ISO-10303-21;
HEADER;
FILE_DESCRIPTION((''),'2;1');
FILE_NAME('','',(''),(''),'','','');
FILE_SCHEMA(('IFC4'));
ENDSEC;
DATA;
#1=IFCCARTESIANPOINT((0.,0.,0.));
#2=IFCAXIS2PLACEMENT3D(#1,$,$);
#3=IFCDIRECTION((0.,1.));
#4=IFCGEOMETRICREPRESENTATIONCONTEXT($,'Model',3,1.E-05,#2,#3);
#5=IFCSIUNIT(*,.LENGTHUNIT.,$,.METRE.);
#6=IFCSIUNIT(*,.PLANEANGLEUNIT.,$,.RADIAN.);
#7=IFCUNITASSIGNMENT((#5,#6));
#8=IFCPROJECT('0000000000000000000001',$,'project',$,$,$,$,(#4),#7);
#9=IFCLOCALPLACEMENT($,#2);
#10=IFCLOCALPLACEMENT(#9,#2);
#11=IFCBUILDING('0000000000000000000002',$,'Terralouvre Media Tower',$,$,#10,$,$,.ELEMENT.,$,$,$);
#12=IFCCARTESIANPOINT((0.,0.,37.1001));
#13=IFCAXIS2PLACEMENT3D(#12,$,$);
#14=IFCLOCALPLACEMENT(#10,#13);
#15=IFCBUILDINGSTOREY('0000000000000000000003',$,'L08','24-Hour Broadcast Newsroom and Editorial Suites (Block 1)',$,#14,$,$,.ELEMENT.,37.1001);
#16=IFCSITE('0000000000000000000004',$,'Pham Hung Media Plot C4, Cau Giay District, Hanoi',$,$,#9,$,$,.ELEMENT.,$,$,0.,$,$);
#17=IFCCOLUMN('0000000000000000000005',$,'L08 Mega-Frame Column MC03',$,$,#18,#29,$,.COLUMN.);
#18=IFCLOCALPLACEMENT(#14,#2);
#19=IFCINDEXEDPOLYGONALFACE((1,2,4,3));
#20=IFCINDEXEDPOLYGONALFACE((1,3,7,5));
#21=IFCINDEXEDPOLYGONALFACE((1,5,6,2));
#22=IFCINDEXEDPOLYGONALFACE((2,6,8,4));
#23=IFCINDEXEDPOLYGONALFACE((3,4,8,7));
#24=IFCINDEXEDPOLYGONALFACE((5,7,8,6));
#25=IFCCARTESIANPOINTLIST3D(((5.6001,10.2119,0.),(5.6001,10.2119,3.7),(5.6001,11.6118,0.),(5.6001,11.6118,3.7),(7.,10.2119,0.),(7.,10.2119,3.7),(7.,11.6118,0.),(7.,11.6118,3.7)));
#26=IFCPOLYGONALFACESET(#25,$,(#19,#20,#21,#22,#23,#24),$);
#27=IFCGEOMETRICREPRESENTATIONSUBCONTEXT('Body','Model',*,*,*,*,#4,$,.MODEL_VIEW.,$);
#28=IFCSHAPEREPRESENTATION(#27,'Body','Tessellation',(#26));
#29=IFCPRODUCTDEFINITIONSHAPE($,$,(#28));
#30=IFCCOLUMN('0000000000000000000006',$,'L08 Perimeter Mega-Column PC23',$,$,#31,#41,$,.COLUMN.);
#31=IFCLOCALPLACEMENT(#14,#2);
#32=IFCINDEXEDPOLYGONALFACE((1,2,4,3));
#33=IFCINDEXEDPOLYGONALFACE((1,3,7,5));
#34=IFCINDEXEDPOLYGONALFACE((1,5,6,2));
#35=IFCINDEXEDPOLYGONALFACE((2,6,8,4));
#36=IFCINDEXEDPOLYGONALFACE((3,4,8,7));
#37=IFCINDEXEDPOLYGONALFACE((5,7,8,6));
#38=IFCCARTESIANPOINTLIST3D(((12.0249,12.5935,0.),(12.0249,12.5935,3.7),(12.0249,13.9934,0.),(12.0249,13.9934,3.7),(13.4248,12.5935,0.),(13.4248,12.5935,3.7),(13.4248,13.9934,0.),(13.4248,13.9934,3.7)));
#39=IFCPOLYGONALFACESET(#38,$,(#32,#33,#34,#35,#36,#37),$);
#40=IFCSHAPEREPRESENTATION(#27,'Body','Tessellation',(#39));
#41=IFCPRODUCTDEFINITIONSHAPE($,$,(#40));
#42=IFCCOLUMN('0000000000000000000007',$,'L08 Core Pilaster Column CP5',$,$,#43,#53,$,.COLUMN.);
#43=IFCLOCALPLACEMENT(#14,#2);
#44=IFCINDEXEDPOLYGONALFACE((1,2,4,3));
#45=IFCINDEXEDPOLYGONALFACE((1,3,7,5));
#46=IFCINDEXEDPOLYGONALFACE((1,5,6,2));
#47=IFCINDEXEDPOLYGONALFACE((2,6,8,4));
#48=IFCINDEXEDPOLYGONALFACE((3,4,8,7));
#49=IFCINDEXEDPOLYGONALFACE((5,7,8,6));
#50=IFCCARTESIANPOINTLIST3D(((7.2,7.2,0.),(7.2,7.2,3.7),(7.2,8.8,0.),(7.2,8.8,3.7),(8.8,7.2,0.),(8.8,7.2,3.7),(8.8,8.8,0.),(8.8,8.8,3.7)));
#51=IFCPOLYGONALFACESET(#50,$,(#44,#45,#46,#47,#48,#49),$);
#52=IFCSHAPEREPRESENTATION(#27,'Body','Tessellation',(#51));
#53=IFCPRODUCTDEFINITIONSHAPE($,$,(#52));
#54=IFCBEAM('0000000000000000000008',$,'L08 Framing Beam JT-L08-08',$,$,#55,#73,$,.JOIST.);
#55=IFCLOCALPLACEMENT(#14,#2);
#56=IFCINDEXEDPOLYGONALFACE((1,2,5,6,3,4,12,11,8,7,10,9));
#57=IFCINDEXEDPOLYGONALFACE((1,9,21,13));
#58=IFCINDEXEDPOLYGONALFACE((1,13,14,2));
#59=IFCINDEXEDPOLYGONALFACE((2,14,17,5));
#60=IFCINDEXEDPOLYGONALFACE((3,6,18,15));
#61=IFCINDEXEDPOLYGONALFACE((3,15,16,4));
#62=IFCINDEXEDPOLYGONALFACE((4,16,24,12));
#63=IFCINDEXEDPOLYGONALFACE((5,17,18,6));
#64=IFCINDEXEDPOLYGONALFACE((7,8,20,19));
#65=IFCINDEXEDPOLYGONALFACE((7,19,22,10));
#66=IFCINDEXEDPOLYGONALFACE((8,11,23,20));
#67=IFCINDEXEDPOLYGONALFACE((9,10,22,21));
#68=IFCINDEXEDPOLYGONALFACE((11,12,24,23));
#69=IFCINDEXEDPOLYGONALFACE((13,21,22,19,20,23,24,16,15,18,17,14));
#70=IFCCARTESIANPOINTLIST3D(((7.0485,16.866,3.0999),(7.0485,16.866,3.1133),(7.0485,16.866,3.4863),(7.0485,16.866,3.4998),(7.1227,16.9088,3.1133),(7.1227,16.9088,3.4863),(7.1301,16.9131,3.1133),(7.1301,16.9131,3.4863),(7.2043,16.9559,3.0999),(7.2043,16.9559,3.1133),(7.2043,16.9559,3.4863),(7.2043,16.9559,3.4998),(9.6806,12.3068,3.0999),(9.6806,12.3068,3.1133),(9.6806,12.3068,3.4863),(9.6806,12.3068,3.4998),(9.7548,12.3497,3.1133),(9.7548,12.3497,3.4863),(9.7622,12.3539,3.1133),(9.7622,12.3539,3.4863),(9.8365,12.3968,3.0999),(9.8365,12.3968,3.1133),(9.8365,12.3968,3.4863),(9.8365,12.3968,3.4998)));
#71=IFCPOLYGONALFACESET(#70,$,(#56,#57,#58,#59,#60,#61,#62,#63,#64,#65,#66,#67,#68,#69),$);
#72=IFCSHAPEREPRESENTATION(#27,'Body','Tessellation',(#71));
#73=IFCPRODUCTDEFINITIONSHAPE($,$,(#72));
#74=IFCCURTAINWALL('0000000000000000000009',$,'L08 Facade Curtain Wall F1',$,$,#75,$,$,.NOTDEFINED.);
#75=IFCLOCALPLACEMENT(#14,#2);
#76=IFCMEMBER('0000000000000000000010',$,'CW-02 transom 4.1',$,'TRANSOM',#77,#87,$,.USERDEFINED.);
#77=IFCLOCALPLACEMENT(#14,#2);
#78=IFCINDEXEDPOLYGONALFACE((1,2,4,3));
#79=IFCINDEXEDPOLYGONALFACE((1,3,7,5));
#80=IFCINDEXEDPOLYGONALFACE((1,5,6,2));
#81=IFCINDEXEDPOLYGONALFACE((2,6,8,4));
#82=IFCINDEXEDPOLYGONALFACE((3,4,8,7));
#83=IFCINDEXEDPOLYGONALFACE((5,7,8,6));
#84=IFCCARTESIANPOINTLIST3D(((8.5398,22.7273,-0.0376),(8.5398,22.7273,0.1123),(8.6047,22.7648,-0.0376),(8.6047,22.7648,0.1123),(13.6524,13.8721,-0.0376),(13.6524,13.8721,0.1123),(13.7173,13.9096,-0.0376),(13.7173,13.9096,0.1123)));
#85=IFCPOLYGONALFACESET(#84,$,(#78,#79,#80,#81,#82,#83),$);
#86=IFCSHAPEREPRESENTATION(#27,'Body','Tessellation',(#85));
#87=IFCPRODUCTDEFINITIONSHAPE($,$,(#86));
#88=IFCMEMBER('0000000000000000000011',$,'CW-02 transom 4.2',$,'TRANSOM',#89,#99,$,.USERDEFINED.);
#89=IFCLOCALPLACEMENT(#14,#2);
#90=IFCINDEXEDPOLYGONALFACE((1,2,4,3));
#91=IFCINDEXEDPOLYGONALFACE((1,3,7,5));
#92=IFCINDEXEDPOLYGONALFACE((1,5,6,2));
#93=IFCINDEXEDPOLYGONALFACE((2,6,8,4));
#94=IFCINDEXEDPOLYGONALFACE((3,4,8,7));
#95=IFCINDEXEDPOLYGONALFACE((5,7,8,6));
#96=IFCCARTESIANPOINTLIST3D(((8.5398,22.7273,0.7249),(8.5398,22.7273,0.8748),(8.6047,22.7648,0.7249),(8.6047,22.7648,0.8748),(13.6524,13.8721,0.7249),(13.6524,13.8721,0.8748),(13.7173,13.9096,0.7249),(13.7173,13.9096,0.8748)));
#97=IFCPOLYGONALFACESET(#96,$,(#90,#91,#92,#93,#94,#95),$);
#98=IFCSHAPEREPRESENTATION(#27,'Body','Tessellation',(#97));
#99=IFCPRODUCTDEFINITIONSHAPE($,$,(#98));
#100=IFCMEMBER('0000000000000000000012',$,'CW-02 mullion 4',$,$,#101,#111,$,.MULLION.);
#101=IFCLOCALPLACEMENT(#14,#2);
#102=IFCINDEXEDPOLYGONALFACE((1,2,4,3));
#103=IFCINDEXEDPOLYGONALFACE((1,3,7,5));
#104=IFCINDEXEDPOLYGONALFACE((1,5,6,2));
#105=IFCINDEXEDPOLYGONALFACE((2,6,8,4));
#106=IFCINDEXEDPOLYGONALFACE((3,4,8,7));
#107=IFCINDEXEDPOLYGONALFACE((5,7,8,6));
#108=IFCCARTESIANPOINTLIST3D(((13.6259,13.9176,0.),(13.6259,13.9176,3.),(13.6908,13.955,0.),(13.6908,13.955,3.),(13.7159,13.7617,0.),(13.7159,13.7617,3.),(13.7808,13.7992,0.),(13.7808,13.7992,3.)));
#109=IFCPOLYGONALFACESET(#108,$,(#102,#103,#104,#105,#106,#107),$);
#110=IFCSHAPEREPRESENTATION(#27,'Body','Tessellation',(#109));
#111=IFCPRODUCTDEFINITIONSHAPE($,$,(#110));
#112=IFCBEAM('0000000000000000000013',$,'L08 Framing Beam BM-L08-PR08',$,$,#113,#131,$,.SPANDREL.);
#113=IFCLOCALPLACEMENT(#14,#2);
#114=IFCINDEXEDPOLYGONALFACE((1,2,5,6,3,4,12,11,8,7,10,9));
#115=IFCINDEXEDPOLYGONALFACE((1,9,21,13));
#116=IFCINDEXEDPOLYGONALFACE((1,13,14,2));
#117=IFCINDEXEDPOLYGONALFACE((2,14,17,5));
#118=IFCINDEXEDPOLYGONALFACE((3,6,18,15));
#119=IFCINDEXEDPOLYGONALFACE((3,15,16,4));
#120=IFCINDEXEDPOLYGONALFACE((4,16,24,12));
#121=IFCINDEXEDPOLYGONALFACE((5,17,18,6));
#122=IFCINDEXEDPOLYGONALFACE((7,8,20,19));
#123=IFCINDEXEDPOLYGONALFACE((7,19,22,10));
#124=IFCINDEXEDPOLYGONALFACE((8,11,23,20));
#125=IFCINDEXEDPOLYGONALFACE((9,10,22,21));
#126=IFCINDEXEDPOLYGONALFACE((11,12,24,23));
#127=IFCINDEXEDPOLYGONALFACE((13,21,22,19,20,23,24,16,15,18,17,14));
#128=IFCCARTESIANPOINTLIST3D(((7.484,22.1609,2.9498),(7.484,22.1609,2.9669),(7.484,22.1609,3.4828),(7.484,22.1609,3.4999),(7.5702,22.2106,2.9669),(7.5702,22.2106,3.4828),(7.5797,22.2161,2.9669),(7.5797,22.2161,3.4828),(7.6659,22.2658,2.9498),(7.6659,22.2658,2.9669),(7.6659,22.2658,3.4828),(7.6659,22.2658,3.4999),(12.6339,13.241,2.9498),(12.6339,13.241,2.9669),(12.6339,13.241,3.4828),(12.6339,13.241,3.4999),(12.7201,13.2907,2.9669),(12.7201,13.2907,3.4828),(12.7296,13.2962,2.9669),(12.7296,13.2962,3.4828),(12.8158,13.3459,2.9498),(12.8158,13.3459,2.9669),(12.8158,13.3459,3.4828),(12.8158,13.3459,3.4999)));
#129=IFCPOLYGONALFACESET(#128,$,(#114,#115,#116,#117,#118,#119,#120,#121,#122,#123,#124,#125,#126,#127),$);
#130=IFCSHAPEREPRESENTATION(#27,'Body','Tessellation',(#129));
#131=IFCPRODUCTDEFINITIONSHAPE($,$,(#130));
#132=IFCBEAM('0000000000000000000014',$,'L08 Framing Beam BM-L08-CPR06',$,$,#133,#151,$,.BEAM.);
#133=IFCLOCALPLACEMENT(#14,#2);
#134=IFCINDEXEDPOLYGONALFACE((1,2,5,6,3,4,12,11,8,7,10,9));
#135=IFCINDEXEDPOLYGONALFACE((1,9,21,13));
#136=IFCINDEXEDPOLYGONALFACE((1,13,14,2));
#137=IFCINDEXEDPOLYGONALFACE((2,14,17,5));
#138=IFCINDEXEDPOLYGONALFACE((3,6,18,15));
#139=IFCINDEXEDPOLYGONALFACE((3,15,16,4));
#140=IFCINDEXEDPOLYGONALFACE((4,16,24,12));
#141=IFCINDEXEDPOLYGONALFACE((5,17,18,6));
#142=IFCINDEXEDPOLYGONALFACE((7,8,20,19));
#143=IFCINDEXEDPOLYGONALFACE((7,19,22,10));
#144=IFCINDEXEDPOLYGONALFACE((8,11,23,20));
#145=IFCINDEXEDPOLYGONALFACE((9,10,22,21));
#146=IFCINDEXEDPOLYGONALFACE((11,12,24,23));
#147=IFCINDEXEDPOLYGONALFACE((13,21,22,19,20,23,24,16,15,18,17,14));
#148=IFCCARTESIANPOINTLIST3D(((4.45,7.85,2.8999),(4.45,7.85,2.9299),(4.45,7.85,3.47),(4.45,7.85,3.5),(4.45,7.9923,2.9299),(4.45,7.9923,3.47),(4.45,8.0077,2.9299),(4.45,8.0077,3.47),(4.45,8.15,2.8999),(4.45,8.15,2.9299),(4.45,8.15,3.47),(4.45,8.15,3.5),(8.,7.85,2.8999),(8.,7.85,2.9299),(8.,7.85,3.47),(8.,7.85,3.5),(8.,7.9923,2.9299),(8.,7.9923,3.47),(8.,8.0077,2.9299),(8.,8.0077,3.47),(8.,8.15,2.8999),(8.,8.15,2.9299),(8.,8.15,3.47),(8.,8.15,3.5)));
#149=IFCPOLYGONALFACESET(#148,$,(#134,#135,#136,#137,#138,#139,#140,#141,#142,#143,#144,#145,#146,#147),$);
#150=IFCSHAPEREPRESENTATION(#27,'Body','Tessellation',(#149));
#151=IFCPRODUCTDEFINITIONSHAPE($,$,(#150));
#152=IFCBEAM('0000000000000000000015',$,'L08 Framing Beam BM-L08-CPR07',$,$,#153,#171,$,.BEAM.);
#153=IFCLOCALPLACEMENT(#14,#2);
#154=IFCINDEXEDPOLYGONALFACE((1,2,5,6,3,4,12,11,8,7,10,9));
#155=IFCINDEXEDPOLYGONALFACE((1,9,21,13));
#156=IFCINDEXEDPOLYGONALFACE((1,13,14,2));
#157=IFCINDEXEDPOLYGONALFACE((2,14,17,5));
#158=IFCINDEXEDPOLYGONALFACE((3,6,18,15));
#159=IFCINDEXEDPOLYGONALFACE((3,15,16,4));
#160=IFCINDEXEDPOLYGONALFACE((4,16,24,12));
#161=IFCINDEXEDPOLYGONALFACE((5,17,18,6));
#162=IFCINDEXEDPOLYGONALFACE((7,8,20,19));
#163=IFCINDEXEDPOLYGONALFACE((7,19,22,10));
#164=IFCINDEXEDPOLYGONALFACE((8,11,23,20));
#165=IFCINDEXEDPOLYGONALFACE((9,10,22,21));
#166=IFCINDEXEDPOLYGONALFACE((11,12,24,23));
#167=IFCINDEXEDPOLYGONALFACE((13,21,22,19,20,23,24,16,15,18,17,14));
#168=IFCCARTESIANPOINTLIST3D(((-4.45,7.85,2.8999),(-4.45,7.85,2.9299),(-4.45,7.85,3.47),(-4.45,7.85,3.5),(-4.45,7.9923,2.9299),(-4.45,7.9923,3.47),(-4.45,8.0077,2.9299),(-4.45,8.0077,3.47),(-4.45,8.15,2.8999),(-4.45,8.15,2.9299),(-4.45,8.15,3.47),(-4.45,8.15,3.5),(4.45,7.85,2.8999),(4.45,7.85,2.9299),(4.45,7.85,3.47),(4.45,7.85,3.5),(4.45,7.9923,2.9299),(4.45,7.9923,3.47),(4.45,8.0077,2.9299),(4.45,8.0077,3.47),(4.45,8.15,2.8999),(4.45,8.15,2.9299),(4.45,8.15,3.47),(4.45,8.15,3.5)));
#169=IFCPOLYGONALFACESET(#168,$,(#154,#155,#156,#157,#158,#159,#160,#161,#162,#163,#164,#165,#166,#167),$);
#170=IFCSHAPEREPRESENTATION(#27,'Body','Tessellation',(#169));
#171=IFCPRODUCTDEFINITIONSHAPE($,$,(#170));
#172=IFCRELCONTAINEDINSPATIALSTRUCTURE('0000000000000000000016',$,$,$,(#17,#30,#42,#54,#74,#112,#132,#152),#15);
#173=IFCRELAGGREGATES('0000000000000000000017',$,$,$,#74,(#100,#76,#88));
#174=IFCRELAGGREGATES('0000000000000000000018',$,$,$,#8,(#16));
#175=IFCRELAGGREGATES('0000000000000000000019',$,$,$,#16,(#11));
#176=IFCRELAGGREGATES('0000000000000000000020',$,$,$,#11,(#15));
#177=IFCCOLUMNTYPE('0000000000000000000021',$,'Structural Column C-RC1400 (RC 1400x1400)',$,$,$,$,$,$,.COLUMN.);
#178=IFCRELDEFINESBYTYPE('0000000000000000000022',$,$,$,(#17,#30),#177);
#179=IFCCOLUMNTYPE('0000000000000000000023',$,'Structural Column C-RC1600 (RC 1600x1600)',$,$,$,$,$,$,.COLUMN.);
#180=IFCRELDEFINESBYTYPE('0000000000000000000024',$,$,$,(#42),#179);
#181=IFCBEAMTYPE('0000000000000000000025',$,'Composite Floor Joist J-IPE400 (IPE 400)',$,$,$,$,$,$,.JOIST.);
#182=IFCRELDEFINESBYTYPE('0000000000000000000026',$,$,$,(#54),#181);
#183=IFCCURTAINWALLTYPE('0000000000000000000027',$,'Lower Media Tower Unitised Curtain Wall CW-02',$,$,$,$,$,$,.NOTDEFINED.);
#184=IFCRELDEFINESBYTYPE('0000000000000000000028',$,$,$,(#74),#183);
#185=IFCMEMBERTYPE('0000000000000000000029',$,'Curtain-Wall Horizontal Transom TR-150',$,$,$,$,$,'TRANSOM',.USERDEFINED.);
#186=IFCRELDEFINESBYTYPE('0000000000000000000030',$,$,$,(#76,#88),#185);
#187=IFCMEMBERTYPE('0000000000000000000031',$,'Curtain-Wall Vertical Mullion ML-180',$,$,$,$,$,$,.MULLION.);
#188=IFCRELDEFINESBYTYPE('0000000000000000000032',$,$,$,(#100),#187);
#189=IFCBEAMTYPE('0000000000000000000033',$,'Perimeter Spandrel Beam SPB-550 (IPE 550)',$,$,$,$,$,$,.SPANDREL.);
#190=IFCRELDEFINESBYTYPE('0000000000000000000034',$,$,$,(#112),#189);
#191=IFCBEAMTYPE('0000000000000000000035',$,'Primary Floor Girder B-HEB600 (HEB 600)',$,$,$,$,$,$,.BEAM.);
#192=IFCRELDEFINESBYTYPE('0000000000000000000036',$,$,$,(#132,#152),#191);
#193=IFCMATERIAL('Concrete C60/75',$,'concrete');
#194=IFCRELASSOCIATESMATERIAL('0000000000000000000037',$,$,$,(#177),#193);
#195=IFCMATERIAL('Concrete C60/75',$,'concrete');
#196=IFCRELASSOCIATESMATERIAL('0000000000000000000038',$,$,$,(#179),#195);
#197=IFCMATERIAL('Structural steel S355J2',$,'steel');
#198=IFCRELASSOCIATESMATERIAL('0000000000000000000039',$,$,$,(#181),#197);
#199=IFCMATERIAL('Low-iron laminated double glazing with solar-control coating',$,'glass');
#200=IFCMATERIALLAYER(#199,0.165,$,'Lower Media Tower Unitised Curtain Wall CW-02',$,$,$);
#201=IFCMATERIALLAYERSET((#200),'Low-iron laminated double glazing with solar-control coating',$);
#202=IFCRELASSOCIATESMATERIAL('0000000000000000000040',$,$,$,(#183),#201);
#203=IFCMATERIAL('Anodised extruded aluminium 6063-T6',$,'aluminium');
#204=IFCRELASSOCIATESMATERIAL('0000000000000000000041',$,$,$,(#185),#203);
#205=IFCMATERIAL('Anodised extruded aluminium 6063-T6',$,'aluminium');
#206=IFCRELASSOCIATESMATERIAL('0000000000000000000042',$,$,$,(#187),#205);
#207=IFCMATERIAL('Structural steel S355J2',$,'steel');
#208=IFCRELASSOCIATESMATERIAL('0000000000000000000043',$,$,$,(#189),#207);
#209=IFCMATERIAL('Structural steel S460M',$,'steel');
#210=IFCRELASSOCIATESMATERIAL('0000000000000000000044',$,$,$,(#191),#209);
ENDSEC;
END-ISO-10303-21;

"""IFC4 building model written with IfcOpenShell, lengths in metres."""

from ifc_helpers import new_model, si_unit, direction, frame, origin, origin_2d, place, context, subcontext, project, spatial, rectangle, i_section, extrude, material, layer, layer_set, material_profile, profile_set, type_object, element, aggregate, save


model = new_model("IFC4")

# Units and contexts
model_context = context("Model", 3, precision=1e-05, world=origin(), true_north=direction((0.0, 1.0)))
body_context = subcontext(model_context, "Body", "Model", "MODEL_VIEW")
ifc_project = project(units=[si_unit("LENGTHUNIT", "METRE"), si_unit("PLANEANGLEUNIT", "RADIAN")], contexts=[model_context])

# Site, building, storey
site_placement = place(None, origin())
site = spatial("IfcSite", under=ifc_project, at=site_placement, Name="Pham Hung Media Plot C4, Cau Giay District, Hanoi", CompositionType="ELEMENT", RefElevation=0.0)
building_placement = place(site_placement, origin())
building = spatial("IfcBuilding", under=site, at=building_placement, Name="Terralouvre Media Tower", CompositionType="ELEMENT")
storey_placement = place(building_placement, frame((0.0, 0.0, 37.1001)))
storey = spatial("IfcBuildingStorey", under=building, at=storey_placement, Name="L08", Description="24-Hour Broadcast Newsroom and Editorial Suites (Block 1)", CompositionType="ELEMENT", Elevation=37.1001)

# Columns
ifc_material_1 = material(Name="Concrete C60/75", Category="concrete")
ifc_material_profile_1 = material_profile(ifc_material_1, rectangle(XDim=1.3999, YDim=1.3999, at=origin_2d()), Name="RC 1400x1400")
ifc_profile_set_1 = profile_set([ifc_material_profile_1], Name="Concrete C60/75")
column_type_1 = type_object("IfcColumnType", Name="Structural Column C-RC1400 (RC 1400x1400)", PredefinedType="COLUMN", material=ifc_profile_set_1)
for number, where, z_axis, x_axis, name in (
    (1, (6.3, 10.9119, 0.0), (0.0, 0.0, 1.0), (1.0, 0.0, 0.0), "L08 Mega-Frame Column MC03"),
    (2, (12.7249, 13.2935, 0.0), (0.0, 0.0, 1.0), (1.0, 0.0, 0.0), "L08 Perimeter Mega-Column PC23"),
):
    element("IfcColumn", number, at=place(storey_placement, frame(where, z_axis=z_axis, x_axis=x_axis)), inside=storey, type_object=column_type_1, Name=name, PredefinedType="COLUMN", context=body_context, shape_type="SweptSolid", body=[
        extrude(rectangle(XDim=1.3999, YDim=1.3999, at=origin_2d()), origin(), (0.0, 0.0, 1.0), 3.7),
    ])
ifc_material_2 = material(Name="Concrete C60/75", Category="concrete")
ifc_material_profile_2 = material_profile(ifc_material_2, rectangle(XDim=1.6001, YDim=1.6001, at=origin_2d()), Name="RC 1600x1600")
ifc_profile_set_2 = profile_set([ifc_material_profile_2], Name="Concrete C60/75")
column_type_2 = type_object("IfcColumnType", Name="Structural Column C-RC1600 (RC 1600x1600)", PredefinedType="COLUMN", material=ifc_profile_set_2)
column_placement = place(storey_placement, frame((8.0, 8.0, 0.0), z_axis=(0.0, 0.0, 1.0), x_axis=(1.0, 0.0, 0.0)))
element("IfcColumn", 3, at=column_placement, inside=storey, type_object=column_type_2, Name="L08 Core Pilaster Column CP5", PredefinedType="COLUMN", context=body_context, shape_type="SweptSolid", body=[
    extrude(rectangle(XDim=1.6001, YDim=1.6001, at=origin_2d()), origin(), (0.0, 0.0, 1.0), 3.7),
])

# Beam
ifc_material_3 = material(Name="Structural steel S355J2", Category="steel")
ifc_material_profile_3 = material_profile(ifc_material_3, i_section(OverallWidth=0.1799, OverallDepth=0.3999, WebThickness=0.0085, FlangeThickness=0.0134, at=origin_2d()), Name="IPE 400")
ifc_profile_set_3 = profile_set([ifc_material_profile_3], Name="Structural steel S355J2")
beam_type_1 = type_object("IfcBeamType", Name="Composite Floor Joist J-IPE400 (IPE 400)", PredefinedType="JOIST", material=ifc_profile_set_3)
beam_1_placement = place(storey_placement, frame((9.7585, 12.3518, 3.2998), z_axis=(-0.499985, 0.866034, 0.0), x_axis=(-0.866034, -0.499985, 0.0)))
element("IfcBeam", 4, at=beam_1_placement, inside=storey, type_object=beam_type_1, Name="L08 Framing Beam JT-L08-08", PredefinedType="JOIST", context=body_context, shape_type="SweptSolid", body=[
    extrude(i_section(OverallWidth=0.1799, OverallDepth=0.3999, WebThickness=0.0085, FlangeThickness=0.0134, at=origin_2d()), origin(), (0.0, 0.0, 1.0), 5.2644),
])

# Curtain wall, members
ifc_material_4 = material(Name="Low-iron laminated double glazing with solar-control coating", Category="glass")
ifc_layer_1 = layer(ifc_material_4, 0.165, Name="Lower Media Tower Unitised Curtain Wall CW-02")
ifc_layer_set_1 = layer_set([ifc_layer_1], Name="Low-iron laminated double glazing with solar-control coating")
curtain_wall_type = type_object("IfcCurtainWallType", Name="Lower Media Tower Unitised Curtain Wall CW-02", PredefinedType="NOTDEFINED", material=ifc_layer_set_1)
curtain_wall_placement = place(storey_placement, origin())
curtain_wall = element("IfcCurtainWall", 5, at=curtain_wall_placement, inside=storey, type_object=curtain_wall_type, Name="L08 Facade Curtain Wall F1", PredefinedType="NOTDEFINED")
ifc_material_5 = material(Name="Anodised extruded aluminium 6063-T6", Category="aluminium")
ifc_material_profile_4 = material_profile(ifc_material_5, rectangle(XDim=0.075, YDim=0.1499, at=origin_2d()), Name="ALU 75x150")
ifc_profile_set_4 = profile_set([ifc_material_profile_4], Name="Anodised extruded aluminium 6063-T6")
member_type_1 = type_object("IfcMemberType", Name="Curtain-Wall Horizontal Transom TR-150", ElementType="TRANSOM", PredefinedType="USERDEFINED", material=ifc_profile_set_4)
member_1_placement = place(storey_placement, frame((13.6848, 13.8909, 0.0374), z_axis=(-0.499999, 0.866026, 0.0), x_axis=(-0.866026, -0.499999, 0.0)))
member_1 = element("IfcMember", 6, at=member_1_placement, type_object=member_type_1, Name="CW-02 transom 4.1", ObjectType="TRANSOM", PredefinedType="USERDEFINED", context=body_context, shape_type="SweptSolid", body=[
    extrude(rectangle(XDim=0.075, YDim=0.1499, at=origin_2d()), origin(), (0.0, 0.0, 1.0), 10.2251),
])
member_2_placement = place(storey_placement, frame((13.6848, 13.8909, 0.7998), z_axis=(-0.499999, 0.866026, 0.0), x_axis=(-0.866026, -0.499999, 0.0)))
member_2 = element("IfcMember", 7, at=member_2_placement, type_object=member_type_1, Name="CW-02 transom 4.2", ObjectType="TRANSOM", PredefinedType="USERDEFINED", context=body_context, shape_type="SweptSolid", body=[
    extrude(rectangle(XDim=0.075, YDim=0.1499, at=origin_2d()), origin(), (0.0, 0.0, 1.0), 10.2251),
])
ifc_material_6 = material(Name="Anodised extruded aluminium 6063-T6", Category="aluminium")
ifc_material_profile_5 = material_profile(ifc_material_6, rectangle(XDim=0.075, YDim=0.1799, at=origin_2d()), Name="ALU 75x180")
ifc_profile_set_5 = profile_set([ifc_material_profile_5], Name="Anodised extruded aluminium 6063-T6")
member_type_2 = type_object("IfcMemberType", Name="Curtain-Wall Vertical Mullion ML-180", PredefinedType="MULLION", material=ifc_profile_set_5)
member_3_placement = place(storey_placement, frame((13.7034, 13.8584, 0.0), z_axis=(0.0, 0.0, 1.0), x_axis=(-0.866025, -0.5, 0.0)))
member_3 = element("IfcMember", 8, at=member_3_placement, type_object=member_type_2, Name="CW-02 mullion 4", PredefinedType="MULLION", context=body_context, shape_type="SweptSolid", body=[
    extrude(rectangle(XDim=0.075, YDim=0.1799, at=origin_2d()), origin(), (0.0, 0.0, 1.0), 3.0),
])

# Beams
ifc_material_7 = material(Name="Structural steel S355J2", Category="steel")
ifc_material_profile_6 = material_profile(ifc_material_7, i_section(OverallWidth=0.21, OverallDepth=0.55, WebThickness=0.011, FlangeThickness=0.0171, at=origin_2d()), Name="IPE 550")
ifc_profile_set_6 = profile_set([ifc_material_profile_6], Name="Structural steel S355J2")
beam_type_2 = type_object("IfcBeamType", Name="Perimeter Spandrel Beam SPB-550 (IPE 550)", PredefinedType="SPANDREL", material=ifc_profile_set_6)
beam_2_placement = place(storey_placement, frame((12.7249, 13.2935, 3.2249), z_axis=(-0.499999, 0.866026, 0.0), x_axis=(-0.866026, -0.499999, 0.0)))
element("IfcBeam", 9, at=beam_2_placement, inside=storey, type_object=beam_type_2, Name="L08 Framing Beam BM-L08-PR08", PredefinedType="SPANDREL", context=body_context, shape_type="SweptSolid", body=[
    extrude(i_section(OverallWidth=0.21, OverallDepth=0.55, WebThickness=0.011, FlangeThickness=0.0171, at=origin_2d()), origin(), (0.0, 0.0, 1.0), 10.2998),
])
ifc_material_8 = material(Name="Structural steel S460M", Category="steel")
ifc_material_profile_7 = material_profile(ifc_material_8, i_section(OverallWidth=0.3, OverallDepth=0.6001, WebThickness=0.0154, FlangeThickness=0.03, at=origin_2d()), Name="HEB 600")
ifc_profile_set_7 = profile_set([ifc_material_profile_7], Name="Structural steel S460M")
beam_type_3 = type_object("IfcBeamType", Name="Primary Floor Girder B-HEB600 (HEB 600)", PredefinedType="BEAM", material=ifc_profile_set_7)
beam_3_placement = place(storey_placement, frame((8.0, 8.0, 3.2), z_axis=(-1.0, 0.0, 0.0), x_axis=(0.0, -1.0, 0.0)))
element("IfcBeam", 10, at=beam_3_placement, inside=storey, type_object=beam_type_3, Name="L08 Framing Beam BM-L08-CPR06", PredefinedType="BEAM", context=body_context, shape_type="SweptSolid", body=[
    extrude(i_section(OverallWidth=0.3, OverallDepth=0.6001, WebThickness=0.0154, FlangeThickness=0.03, at=origin_2d()), origin(), (0.0, 0.0, 1.0), 3.55),
])
beam_4_placement = place(storey_placement, frame((4.45, 8.0, 3.2), z_axis=(-1.0, 0.0, 0.0), x_axis=(0.0, -1.0, 0.0)))
element("IfcBeam", 11, at=beam_4_placement, inside=storey, type_object=beam_type_3, Name="L08 Framing Beam BM-L08-CPR07", PredefinedType="BEAM", context=body_context, shape_type="SweptSolid", body=[
    extrude(i_section(OverallWidth=0.3, OverallDepth=0.6001, WebThickness=0.0154, FlangeThickness=0.03, at=origin_2d()), origin(), (0.0, 0.0, 1.0), 8.8999),
])

aggregate(curtain_wall, [member_3, member_1, member_2])

save(model, "model.ifc")
